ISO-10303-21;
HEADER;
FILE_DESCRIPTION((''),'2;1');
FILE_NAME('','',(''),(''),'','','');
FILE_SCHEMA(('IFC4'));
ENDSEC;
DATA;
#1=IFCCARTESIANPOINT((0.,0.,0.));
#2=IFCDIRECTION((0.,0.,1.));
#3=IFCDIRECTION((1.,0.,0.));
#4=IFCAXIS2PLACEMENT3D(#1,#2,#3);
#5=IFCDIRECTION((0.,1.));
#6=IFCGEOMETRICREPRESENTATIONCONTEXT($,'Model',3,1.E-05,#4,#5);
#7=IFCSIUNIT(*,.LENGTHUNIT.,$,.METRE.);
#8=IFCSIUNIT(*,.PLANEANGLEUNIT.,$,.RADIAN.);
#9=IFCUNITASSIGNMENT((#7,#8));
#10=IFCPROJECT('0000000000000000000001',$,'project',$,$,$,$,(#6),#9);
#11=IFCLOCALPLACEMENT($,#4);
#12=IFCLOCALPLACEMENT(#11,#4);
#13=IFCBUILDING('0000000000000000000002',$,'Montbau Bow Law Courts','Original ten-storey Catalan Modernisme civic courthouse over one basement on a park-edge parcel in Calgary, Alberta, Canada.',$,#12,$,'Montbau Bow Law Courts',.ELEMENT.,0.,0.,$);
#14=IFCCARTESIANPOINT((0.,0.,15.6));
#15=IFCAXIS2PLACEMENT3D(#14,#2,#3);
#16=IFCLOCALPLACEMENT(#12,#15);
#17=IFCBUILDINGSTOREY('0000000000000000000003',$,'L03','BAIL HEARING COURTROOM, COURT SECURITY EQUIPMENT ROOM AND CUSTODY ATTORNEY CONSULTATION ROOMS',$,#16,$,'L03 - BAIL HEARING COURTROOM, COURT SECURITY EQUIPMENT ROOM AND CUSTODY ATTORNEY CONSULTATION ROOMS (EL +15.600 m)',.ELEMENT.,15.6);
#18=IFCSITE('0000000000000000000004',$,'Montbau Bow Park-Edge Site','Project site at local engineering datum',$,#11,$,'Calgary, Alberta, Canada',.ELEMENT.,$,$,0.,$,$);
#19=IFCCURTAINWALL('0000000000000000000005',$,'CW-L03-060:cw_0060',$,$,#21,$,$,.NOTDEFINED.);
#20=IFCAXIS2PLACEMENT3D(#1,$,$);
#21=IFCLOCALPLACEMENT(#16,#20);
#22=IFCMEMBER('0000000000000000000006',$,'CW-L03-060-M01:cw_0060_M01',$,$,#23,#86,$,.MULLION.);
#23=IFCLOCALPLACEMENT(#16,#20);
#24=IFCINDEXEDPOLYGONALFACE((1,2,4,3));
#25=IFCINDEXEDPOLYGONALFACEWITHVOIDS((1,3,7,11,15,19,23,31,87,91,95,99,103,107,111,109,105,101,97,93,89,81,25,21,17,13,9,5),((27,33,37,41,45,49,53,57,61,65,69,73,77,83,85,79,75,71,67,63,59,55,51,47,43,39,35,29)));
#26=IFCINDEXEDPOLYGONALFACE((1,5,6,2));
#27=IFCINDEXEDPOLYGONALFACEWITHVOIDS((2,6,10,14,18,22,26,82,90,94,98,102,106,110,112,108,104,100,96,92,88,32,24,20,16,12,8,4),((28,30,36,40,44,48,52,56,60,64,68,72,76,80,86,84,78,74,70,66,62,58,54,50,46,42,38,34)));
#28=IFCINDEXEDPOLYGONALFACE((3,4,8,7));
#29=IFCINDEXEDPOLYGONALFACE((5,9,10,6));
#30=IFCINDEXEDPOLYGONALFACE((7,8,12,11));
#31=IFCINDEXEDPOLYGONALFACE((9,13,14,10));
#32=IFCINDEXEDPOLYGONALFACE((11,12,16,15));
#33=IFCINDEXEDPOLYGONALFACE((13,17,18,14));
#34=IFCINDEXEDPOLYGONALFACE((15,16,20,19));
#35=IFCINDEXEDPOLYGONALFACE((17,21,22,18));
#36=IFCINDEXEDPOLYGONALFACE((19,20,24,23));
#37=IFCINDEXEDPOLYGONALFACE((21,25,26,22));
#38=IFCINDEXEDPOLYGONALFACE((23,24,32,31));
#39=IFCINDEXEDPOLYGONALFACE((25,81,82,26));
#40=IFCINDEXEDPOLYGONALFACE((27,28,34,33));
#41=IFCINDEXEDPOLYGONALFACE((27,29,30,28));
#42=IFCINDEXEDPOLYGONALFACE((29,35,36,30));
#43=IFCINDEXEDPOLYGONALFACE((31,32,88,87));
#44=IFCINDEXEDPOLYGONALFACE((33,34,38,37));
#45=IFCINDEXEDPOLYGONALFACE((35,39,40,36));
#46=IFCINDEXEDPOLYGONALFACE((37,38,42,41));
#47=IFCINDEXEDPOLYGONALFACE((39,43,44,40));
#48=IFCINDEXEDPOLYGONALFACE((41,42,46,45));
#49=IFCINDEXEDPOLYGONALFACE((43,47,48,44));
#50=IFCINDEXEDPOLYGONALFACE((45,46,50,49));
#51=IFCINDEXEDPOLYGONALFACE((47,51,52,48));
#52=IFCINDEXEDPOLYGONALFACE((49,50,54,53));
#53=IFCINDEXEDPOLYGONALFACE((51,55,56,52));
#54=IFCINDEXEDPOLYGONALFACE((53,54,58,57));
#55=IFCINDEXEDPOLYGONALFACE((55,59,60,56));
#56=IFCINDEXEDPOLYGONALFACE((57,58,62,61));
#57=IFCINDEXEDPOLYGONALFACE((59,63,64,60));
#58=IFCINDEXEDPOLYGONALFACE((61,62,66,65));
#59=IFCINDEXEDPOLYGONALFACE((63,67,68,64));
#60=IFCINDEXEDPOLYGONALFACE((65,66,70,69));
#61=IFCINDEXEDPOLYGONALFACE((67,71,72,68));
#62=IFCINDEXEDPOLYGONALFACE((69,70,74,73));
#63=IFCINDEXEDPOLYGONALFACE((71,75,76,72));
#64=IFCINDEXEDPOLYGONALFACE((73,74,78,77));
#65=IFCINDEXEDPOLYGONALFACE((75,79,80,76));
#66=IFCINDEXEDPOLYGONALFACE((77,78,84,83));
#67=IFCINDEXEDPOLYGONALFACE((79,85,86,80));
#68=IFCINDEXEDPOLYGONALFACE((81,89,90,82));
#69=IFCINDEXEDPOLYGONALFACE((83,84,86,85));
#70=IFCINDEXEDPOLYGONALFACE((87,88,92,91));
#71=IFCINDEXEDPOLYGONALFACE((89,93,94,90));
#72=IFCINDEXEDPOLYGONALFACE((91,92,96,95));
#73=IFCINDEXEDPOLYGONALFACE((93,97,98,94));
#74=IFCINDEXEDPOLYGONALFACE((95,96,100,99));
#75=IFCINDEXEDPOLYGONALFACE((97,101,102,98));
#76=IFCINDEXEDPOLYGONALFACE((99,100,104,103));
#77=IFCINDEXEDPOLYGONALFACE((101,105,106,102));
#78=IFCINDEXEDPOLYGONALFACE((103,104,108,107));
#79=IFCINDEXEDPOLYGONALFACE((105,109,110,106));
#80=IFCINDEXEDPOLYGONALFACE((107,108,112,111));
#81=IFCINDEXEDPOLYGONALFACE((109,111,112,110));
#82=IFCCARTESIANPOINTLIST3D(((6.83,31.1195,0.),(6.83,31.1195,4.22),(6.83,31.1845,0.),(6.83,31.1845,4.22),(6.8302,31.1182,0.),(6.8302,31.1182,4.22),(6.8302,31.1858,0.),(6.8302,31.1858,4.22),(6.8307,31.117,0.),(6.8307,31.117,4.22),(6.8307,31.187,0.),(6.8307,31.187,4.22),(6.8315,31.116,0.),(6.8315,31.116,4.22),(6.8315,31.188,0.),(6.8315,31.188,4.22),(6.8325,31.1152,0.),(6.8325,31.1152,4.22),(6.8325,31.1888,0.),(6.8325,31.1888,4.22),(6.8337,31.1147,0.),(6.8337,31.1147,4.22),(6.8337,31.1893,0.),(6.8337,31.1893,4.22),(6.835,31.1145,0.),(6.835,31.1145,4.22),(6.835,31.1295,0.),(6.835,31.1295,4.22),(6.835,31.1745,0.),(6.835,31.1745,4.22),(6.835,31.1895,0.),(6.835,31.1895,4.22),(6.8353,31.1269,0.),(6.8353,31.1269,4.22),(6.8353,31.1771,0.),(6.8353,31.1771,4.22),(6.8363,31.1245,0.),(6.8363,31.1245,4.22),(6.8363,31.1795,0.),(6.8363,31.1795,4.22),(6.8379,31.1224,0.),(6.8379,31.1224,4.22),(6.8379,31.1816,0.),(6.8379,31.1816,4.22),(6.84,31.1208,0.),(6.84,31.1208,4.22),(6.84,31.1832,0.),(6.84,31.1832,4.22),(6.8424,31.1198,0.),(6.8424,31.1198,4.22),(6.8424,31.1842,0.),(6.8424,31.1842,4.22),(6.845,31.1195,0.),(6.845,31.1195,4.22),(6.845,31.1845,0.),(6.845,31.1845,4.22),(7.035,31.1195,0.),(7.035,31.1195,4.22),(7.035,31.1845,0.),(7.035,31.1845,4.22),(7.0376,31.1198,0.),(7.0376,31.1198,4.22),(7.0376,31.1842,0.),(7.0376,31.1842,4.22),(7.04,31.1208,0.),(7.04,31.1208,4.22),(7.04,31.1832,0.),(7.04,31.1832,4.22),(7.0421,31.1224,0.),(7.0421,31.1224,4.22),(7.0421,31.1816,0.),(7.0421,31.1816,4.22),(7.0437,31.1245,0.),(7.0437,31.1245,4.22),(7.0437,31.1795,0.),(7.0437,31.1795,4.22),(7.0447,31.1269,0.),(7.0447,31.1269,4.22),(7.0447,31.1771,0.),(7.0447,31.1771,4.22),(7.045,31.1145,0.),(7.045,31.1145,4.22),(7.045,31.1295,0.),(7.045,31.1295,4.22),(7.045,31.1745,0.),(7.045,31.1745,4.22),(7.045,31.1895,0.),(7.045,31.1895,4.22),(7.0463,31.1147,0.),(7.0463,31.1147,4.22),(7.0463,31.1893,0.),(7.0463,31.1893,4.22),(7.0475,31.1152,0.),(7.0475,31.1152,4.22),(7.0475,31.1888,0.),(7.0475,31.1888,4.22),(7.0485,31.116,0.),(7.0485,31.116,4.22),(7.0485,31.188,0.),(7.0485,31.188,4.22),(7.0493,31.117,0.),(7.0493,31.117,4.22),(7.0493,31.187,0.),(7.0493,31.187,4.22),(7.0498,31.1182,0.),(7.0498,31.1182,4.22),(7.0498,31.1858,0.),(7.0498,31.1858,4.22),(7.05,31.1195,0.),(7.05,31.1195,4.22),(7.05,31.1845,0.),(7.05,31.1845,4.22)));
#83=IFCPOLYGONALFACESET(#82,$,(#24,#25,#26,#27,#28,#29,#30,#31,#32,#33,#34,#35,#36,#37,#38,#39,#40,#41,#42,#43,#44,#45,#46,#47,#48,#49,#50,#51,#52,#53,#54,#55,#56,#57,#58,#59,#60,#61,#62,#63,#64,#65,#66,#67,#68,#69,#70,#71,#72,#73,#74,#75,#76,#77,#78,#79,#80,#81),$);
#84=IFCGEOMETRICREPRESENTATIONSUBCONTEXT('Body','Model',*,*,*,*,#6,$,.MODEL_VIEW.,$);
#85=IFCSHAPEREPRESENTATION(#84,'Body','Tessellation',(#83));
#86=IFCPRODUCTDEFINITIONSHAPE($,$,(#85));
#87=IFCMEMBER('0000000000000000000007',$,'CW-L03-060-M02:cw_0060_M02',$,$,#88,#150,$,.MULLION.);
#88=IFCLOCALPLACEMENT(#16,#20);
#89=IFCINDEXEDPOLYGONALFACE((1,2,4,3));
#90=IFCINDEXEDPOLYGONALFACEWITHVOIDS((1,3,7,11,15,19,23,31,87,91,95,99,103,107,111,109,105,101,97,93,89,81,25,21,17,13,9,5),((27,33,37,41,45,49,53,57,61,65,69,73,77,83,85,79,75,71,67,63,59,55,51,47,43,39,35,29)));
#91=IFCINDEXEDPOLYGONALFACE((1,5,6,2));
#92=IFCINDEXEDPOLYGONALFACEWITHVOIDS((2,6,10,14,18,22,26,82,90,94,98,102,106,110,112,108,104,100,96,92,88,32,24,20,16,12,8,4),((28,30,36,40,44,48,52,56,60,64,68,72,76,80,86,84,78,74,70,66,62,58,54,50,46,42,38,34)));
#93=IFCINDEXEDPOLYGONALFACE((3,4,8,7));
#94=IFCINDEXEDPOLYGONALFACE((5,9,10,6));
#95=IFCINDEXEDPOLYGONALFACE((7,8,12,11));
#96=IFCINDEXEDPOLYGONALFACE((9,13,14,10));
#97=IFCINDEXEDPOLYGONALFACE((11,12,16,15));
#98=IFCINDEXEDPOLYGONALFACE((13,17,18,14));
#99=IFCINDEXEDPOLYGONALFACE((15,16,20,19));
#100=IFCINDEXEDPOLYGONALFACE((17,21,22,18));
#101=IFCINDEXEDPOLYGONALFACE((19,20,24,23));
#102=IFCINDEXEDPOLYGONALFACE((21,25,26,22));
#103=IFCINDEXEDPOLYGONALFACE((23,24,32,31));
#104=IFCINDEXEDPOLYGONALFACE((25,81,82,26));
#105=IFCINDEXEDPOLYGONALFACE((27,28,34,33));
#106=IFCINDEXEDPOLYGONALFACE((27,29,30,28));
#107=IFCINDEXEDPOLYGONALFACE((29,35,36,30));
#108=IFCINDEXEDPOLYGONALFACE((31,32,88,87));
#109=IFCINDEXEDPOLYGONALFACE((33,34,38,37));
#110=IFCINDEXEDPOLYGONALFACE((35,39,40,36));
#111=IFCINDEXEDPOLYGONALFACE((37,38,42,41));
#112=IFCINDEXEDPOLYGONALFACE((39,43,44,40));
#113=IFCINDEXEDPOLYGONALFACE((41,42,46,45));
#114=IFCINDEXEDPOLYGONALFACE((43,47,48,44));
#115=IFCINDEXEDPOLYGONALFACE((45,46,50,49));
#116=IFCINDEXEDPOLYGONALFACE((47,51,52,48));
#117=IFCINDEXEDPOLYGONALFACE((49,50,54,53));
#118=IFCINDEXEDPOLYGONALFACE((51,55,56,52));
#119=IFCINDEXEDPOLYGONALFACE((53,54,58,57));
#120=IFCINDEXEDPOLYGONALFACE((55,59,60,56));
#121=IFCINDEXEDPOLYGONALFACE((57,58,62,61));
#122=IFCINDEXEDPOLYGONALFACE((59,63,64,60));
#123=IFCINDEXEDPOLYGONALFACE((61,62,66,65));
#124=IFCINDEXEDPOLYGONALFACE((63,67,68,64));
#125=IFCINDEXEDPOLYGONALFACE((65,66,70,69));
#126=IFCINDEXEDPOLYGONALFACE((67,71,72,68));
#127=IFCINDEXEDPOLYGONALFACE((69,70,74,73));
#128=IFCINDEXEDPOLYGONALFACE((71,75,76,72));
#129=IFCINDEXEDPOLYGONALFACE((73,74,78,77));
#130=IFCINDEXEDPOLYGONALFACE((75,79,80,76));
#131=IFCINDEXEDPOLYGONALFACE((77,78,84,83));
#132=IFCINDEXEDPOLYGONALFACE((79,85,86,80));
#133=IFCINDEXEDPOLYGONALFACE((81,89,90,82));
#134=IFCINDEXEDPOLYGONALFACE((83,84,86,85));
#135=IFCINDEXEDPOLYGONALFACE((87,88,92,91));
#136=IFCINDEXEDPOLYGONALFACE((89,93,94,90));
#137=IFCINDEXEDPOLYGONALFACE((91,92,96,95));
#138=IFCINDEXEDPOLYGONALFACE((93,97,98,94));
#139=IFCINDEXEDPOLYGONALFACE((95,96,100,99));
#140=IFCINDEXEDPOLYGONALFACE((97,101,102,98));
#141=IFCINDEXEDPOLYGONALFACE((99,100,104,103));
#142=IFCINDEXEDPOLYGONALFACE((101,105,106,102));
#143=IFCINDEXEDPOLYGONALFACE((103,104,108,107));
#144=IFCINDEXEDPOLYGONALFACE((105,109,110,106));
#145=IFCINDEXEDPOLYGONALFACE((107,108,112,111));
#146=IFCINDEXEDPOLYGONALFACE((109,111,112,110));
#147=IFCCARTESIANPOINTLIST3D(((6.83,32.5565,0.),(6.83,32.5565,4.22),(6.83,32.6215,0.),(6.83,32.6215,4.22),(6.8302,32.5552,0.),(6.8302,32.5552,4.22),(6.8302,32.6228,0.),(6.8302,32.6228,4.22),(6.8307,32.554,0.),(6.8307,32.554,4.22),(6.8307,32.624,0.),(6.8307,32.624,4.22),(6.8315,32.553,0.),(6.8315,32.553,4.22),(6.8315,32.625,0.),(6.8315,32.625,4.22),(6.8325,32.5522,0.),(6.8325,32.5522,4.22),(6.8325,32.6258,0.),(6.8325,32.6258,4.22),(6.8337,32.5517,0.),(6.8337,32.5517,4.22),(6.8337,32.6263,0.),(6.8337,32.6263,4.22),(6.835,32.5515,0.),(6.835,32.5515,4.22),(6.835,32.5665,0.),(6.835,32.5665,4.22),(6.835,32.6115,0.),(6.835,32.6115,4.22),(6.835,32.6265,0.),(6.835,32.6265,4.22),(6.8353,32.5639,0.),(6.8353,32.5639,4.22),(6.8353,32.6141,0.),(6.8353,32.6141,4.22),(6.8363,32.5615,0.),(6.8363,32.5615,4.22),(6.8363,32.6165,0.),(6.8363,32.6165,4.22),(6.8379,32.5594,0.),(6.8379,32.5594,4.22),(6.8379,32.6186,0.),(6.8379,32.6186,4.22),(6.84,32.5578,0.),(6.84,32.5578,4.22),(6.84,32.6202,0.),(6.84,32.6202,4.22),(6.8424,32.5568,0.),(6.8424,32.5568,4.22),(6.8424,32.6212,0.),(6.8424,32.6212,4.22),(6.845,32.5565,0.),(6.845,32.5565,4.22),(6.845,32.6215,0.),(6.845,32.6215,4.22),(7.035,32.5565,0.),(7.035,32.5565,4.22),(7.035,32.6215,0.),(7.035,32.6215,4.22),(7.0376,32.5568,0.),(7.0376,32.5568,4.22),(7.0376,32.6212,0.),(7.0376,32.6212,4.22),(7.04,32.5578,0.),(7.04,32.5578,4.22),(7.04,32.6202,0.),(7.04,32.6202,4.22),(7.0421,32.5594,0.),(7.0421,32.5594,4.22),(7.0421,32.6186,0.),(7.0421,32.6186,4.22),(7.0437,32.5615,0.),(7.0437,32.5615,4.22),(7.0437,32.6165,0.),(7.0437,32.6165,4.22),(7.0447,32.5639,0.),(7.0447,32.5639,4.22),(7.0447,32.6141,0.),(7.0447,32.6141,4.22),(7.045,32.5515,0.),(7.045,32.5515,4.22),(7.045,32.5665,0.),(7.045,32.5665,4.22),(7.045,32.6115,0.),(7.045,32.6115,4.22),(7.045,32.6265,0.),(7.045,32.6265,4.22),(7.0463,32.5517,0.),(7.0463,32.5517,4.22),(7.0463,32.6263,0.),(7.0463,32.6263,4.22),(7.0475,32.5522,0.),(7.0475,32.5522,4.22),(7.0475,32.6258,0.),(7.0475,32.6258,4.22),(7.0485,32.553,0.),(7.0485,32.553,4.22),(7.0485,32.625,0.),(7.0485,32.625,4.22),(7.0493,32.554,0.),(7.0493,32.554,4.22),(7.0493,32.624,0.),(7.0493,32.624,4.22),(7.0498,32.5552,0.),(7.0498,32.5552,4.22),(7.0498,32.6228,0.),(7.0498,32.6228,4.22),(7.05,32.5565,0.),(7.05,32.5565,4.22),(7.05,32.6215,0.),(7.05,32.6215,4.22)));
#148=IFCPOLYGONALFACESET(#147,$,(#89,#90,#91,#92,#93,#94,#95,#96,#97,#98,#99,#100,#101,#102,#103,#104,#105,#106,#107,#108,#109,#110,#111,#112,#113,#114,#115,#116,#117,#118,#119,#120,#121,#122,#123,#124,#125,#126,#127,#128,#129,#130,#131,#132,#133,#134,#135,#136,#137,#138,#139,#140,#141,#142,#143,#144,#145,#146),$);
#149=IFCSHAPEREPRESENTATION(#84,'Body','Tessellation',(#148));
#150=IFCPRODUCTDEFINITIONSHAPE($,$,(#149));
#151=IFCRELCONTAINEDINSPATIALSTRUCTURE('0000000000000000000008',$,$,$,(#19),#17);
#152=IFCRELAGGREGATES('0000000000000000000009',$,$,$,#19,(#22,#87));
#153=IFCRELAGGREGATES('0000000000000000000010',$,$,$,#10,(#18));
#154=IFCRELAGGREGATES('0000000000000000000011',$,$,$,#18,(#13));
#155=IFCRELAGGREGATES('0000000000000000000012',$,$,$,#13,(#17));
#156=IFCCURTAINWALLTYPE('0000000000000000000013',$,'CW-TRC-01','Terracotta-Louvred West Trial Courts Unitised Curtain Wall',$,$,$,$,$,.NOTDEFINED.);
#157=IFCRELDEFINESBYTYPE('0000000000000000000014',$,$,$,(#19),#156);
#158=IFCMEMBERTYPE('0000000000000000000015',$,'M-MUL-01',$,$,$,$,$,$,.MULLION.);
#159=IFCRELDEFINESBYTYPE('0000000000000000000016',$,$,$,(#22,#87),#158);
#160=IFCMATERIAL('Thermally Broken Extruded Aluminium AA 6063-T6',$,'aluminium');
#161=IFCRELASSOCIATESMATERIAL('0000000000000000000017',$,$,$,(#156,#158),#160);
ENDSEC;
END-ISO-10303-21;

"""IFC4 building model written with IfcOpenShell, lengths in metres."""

from ifc_helpers import new_model, si_unit, direction, frame, origin_with_axes, origin_2d_with_axis, place, context, subcontext, project, spatial, hollow_rectangle, extrude, material, material_profile, profile_set, type_object, element, aggregate, save


model = new_model("IFC4")

# Units and contexts
model_context = context("Model", 3, precision=1e-05, world=origin_with_axes(), true_north=direction((0.0, 1.0)))
body_context = subcontext(model_context, "Body", "Model", "MODEL_VIEW")
ifc_project = project(units=[si_unit("LENGTHUNIT", "METRE"), si_unit("PLANEANGLEUNIT", "RADIAN")], contexts=[model_context])

# Site, building, storey
site_placement = place(None, origin_with_axes())
site = spatial("IfcSite", under=ifc_project, at=site_placement, Name="Montbau Bow Park-Edge Site", Description="Project site at local engineering datum", LongName="Calgary, Alberta, Canada", CompositionType="ELEMENT", RefElevation=0.0)
building_placement = place(site_placement, origin_with_axes())
building = spatial("IfcBuilding", under=site, at=building_placement, Name="Montbau Bow Law Courts", Description="Original ten-storey Catalan Modernisme civic courthouse over one basement on a park-edge parcel in Calgary, Alberta, Canada.", LongName="Montbau Bow Law Courts", CompositionType="ELEMENT", ElevationOfRefHeight=0.0, ElevationOfTerrain=0.0)
storey_placement = place(building_placement, frame((0.0, 0.0, 15.6), z_axis=(0.0, 0.0, 1.0), x_axis=(1.0, 0.0, 0.0)))
storey = spatial("IfcBuildingStorey", under=building, at=storey_placement, Name="L03", Description="BAIL HEARING COURTROOM, COURT SECURITY EQUIPMENT ROOM AND CUSTODY ATTORNEY CONSULTATION ROOMS", LongName="L03 - BAIL HEARING COURTROOM, COURT SECURITY EQUIPMENT ROOM AND CUSTODY ATTORNEY CONSULTATION ROOMS (EL +15.600 m)", CompositionType="ELEMENT", Elevation=15.6)

# Curtain wall, members
ifc_material_1 = material(Name="Thermally Broken Extruded Aluminium AA 6063-T6", Category="aluminium")
curtain_wall_type = type_object("IfcCurtainWallType", Name="CW-TRC-01", Description="Terracotta-Louvred West Trial Courts Unitised Curtain Wall", PredefinedType="NOTDEFINED", material=ifc_material_1)
curtain_wall_1_placement = place(None, frame((6.94, 31.115, 15.6), z_axis=(0.0, 0.0, 1.0), x_axis=(1.0, 0.0, 0.0)))
curtain_wall_1 = element("IfcCurtainWall", 1, at=curtain_wall_1_placement, inside=storey, type_object=curtain_wall_type, Name="CW-L03-060:cw_0060", PredefinedType="NOTDEFINED")
ifc_material_profile_1 = material_profile(ifc_material_1, hollow_rectangle(XDim=0.075, YDim=0.22, WallThickness=0.005, InnerFilletRadius=0.01, OuterFilletRadius=0.005, at=origin_2d_with_axis()), Name="CWM-220X75", Category="Main", Priority=0)
ifc_profile_set_1 = profile_set([ifc_material_profile_1], Name="Thermally Broken Extruded Aluminium AA 6063-T6")
member_type_1 = type_object("IfcMemberType", Name="M-MUL-01", PredefinedType="MULLION", material=ifc_profile_set_1)
member_1_placement = place(None, frame((6.94, 31.152, 15.6), z_axis=(0.0, 0.0, 1.0), x_axis=(0.0, 1.0, 0.0)))
member_1 = element("IfcMember", 2, at=member_1_placement, type_object=member_type_1, Name="CW-L03-060-M01:cw_0060_M01", PredefinedType="MULLION", context=body_context, shape_type="SweptSolid", body=[
    extrude(hollow_rectangle(XDim=0.075, YDim=0.22, WallThickness=0.005, InnerFilletRadius=0.01, OuterFilletRadius=0.005, at=origin_2d_with_axis()), origin_with_axes(), (0.0, 0.0, 1.0), 4.22),
])
member_2_placement = place(None, frame((6.94, 32.589, 15.6), z_axis=(0.0, 0.0, 1.0), x_axis=(0.0, 1.0, 0.0)))
member_2 = element("IfcMember", 3, at=member_2_placement, type_object=member_type_1, Name="CW-L03-060-M02:cw_0060_M02", PredefinedType="MULLION", context=body_context, shape_type="SweptSolid", body=[
    extrude(hollow_rectangle(XDim=0.075, YDim=0.22, WallThickness=0.005, InnerFilletRadius=0.01, OuterFilletRadius=0.005, at=origin_2d_with_axis()), origin_with_axes(), (0.0, 0.0, 1.0), 4.22),
])

aggregate(curtain_wall_1, [member_1, member_2])

save(model, "model.ifc")
